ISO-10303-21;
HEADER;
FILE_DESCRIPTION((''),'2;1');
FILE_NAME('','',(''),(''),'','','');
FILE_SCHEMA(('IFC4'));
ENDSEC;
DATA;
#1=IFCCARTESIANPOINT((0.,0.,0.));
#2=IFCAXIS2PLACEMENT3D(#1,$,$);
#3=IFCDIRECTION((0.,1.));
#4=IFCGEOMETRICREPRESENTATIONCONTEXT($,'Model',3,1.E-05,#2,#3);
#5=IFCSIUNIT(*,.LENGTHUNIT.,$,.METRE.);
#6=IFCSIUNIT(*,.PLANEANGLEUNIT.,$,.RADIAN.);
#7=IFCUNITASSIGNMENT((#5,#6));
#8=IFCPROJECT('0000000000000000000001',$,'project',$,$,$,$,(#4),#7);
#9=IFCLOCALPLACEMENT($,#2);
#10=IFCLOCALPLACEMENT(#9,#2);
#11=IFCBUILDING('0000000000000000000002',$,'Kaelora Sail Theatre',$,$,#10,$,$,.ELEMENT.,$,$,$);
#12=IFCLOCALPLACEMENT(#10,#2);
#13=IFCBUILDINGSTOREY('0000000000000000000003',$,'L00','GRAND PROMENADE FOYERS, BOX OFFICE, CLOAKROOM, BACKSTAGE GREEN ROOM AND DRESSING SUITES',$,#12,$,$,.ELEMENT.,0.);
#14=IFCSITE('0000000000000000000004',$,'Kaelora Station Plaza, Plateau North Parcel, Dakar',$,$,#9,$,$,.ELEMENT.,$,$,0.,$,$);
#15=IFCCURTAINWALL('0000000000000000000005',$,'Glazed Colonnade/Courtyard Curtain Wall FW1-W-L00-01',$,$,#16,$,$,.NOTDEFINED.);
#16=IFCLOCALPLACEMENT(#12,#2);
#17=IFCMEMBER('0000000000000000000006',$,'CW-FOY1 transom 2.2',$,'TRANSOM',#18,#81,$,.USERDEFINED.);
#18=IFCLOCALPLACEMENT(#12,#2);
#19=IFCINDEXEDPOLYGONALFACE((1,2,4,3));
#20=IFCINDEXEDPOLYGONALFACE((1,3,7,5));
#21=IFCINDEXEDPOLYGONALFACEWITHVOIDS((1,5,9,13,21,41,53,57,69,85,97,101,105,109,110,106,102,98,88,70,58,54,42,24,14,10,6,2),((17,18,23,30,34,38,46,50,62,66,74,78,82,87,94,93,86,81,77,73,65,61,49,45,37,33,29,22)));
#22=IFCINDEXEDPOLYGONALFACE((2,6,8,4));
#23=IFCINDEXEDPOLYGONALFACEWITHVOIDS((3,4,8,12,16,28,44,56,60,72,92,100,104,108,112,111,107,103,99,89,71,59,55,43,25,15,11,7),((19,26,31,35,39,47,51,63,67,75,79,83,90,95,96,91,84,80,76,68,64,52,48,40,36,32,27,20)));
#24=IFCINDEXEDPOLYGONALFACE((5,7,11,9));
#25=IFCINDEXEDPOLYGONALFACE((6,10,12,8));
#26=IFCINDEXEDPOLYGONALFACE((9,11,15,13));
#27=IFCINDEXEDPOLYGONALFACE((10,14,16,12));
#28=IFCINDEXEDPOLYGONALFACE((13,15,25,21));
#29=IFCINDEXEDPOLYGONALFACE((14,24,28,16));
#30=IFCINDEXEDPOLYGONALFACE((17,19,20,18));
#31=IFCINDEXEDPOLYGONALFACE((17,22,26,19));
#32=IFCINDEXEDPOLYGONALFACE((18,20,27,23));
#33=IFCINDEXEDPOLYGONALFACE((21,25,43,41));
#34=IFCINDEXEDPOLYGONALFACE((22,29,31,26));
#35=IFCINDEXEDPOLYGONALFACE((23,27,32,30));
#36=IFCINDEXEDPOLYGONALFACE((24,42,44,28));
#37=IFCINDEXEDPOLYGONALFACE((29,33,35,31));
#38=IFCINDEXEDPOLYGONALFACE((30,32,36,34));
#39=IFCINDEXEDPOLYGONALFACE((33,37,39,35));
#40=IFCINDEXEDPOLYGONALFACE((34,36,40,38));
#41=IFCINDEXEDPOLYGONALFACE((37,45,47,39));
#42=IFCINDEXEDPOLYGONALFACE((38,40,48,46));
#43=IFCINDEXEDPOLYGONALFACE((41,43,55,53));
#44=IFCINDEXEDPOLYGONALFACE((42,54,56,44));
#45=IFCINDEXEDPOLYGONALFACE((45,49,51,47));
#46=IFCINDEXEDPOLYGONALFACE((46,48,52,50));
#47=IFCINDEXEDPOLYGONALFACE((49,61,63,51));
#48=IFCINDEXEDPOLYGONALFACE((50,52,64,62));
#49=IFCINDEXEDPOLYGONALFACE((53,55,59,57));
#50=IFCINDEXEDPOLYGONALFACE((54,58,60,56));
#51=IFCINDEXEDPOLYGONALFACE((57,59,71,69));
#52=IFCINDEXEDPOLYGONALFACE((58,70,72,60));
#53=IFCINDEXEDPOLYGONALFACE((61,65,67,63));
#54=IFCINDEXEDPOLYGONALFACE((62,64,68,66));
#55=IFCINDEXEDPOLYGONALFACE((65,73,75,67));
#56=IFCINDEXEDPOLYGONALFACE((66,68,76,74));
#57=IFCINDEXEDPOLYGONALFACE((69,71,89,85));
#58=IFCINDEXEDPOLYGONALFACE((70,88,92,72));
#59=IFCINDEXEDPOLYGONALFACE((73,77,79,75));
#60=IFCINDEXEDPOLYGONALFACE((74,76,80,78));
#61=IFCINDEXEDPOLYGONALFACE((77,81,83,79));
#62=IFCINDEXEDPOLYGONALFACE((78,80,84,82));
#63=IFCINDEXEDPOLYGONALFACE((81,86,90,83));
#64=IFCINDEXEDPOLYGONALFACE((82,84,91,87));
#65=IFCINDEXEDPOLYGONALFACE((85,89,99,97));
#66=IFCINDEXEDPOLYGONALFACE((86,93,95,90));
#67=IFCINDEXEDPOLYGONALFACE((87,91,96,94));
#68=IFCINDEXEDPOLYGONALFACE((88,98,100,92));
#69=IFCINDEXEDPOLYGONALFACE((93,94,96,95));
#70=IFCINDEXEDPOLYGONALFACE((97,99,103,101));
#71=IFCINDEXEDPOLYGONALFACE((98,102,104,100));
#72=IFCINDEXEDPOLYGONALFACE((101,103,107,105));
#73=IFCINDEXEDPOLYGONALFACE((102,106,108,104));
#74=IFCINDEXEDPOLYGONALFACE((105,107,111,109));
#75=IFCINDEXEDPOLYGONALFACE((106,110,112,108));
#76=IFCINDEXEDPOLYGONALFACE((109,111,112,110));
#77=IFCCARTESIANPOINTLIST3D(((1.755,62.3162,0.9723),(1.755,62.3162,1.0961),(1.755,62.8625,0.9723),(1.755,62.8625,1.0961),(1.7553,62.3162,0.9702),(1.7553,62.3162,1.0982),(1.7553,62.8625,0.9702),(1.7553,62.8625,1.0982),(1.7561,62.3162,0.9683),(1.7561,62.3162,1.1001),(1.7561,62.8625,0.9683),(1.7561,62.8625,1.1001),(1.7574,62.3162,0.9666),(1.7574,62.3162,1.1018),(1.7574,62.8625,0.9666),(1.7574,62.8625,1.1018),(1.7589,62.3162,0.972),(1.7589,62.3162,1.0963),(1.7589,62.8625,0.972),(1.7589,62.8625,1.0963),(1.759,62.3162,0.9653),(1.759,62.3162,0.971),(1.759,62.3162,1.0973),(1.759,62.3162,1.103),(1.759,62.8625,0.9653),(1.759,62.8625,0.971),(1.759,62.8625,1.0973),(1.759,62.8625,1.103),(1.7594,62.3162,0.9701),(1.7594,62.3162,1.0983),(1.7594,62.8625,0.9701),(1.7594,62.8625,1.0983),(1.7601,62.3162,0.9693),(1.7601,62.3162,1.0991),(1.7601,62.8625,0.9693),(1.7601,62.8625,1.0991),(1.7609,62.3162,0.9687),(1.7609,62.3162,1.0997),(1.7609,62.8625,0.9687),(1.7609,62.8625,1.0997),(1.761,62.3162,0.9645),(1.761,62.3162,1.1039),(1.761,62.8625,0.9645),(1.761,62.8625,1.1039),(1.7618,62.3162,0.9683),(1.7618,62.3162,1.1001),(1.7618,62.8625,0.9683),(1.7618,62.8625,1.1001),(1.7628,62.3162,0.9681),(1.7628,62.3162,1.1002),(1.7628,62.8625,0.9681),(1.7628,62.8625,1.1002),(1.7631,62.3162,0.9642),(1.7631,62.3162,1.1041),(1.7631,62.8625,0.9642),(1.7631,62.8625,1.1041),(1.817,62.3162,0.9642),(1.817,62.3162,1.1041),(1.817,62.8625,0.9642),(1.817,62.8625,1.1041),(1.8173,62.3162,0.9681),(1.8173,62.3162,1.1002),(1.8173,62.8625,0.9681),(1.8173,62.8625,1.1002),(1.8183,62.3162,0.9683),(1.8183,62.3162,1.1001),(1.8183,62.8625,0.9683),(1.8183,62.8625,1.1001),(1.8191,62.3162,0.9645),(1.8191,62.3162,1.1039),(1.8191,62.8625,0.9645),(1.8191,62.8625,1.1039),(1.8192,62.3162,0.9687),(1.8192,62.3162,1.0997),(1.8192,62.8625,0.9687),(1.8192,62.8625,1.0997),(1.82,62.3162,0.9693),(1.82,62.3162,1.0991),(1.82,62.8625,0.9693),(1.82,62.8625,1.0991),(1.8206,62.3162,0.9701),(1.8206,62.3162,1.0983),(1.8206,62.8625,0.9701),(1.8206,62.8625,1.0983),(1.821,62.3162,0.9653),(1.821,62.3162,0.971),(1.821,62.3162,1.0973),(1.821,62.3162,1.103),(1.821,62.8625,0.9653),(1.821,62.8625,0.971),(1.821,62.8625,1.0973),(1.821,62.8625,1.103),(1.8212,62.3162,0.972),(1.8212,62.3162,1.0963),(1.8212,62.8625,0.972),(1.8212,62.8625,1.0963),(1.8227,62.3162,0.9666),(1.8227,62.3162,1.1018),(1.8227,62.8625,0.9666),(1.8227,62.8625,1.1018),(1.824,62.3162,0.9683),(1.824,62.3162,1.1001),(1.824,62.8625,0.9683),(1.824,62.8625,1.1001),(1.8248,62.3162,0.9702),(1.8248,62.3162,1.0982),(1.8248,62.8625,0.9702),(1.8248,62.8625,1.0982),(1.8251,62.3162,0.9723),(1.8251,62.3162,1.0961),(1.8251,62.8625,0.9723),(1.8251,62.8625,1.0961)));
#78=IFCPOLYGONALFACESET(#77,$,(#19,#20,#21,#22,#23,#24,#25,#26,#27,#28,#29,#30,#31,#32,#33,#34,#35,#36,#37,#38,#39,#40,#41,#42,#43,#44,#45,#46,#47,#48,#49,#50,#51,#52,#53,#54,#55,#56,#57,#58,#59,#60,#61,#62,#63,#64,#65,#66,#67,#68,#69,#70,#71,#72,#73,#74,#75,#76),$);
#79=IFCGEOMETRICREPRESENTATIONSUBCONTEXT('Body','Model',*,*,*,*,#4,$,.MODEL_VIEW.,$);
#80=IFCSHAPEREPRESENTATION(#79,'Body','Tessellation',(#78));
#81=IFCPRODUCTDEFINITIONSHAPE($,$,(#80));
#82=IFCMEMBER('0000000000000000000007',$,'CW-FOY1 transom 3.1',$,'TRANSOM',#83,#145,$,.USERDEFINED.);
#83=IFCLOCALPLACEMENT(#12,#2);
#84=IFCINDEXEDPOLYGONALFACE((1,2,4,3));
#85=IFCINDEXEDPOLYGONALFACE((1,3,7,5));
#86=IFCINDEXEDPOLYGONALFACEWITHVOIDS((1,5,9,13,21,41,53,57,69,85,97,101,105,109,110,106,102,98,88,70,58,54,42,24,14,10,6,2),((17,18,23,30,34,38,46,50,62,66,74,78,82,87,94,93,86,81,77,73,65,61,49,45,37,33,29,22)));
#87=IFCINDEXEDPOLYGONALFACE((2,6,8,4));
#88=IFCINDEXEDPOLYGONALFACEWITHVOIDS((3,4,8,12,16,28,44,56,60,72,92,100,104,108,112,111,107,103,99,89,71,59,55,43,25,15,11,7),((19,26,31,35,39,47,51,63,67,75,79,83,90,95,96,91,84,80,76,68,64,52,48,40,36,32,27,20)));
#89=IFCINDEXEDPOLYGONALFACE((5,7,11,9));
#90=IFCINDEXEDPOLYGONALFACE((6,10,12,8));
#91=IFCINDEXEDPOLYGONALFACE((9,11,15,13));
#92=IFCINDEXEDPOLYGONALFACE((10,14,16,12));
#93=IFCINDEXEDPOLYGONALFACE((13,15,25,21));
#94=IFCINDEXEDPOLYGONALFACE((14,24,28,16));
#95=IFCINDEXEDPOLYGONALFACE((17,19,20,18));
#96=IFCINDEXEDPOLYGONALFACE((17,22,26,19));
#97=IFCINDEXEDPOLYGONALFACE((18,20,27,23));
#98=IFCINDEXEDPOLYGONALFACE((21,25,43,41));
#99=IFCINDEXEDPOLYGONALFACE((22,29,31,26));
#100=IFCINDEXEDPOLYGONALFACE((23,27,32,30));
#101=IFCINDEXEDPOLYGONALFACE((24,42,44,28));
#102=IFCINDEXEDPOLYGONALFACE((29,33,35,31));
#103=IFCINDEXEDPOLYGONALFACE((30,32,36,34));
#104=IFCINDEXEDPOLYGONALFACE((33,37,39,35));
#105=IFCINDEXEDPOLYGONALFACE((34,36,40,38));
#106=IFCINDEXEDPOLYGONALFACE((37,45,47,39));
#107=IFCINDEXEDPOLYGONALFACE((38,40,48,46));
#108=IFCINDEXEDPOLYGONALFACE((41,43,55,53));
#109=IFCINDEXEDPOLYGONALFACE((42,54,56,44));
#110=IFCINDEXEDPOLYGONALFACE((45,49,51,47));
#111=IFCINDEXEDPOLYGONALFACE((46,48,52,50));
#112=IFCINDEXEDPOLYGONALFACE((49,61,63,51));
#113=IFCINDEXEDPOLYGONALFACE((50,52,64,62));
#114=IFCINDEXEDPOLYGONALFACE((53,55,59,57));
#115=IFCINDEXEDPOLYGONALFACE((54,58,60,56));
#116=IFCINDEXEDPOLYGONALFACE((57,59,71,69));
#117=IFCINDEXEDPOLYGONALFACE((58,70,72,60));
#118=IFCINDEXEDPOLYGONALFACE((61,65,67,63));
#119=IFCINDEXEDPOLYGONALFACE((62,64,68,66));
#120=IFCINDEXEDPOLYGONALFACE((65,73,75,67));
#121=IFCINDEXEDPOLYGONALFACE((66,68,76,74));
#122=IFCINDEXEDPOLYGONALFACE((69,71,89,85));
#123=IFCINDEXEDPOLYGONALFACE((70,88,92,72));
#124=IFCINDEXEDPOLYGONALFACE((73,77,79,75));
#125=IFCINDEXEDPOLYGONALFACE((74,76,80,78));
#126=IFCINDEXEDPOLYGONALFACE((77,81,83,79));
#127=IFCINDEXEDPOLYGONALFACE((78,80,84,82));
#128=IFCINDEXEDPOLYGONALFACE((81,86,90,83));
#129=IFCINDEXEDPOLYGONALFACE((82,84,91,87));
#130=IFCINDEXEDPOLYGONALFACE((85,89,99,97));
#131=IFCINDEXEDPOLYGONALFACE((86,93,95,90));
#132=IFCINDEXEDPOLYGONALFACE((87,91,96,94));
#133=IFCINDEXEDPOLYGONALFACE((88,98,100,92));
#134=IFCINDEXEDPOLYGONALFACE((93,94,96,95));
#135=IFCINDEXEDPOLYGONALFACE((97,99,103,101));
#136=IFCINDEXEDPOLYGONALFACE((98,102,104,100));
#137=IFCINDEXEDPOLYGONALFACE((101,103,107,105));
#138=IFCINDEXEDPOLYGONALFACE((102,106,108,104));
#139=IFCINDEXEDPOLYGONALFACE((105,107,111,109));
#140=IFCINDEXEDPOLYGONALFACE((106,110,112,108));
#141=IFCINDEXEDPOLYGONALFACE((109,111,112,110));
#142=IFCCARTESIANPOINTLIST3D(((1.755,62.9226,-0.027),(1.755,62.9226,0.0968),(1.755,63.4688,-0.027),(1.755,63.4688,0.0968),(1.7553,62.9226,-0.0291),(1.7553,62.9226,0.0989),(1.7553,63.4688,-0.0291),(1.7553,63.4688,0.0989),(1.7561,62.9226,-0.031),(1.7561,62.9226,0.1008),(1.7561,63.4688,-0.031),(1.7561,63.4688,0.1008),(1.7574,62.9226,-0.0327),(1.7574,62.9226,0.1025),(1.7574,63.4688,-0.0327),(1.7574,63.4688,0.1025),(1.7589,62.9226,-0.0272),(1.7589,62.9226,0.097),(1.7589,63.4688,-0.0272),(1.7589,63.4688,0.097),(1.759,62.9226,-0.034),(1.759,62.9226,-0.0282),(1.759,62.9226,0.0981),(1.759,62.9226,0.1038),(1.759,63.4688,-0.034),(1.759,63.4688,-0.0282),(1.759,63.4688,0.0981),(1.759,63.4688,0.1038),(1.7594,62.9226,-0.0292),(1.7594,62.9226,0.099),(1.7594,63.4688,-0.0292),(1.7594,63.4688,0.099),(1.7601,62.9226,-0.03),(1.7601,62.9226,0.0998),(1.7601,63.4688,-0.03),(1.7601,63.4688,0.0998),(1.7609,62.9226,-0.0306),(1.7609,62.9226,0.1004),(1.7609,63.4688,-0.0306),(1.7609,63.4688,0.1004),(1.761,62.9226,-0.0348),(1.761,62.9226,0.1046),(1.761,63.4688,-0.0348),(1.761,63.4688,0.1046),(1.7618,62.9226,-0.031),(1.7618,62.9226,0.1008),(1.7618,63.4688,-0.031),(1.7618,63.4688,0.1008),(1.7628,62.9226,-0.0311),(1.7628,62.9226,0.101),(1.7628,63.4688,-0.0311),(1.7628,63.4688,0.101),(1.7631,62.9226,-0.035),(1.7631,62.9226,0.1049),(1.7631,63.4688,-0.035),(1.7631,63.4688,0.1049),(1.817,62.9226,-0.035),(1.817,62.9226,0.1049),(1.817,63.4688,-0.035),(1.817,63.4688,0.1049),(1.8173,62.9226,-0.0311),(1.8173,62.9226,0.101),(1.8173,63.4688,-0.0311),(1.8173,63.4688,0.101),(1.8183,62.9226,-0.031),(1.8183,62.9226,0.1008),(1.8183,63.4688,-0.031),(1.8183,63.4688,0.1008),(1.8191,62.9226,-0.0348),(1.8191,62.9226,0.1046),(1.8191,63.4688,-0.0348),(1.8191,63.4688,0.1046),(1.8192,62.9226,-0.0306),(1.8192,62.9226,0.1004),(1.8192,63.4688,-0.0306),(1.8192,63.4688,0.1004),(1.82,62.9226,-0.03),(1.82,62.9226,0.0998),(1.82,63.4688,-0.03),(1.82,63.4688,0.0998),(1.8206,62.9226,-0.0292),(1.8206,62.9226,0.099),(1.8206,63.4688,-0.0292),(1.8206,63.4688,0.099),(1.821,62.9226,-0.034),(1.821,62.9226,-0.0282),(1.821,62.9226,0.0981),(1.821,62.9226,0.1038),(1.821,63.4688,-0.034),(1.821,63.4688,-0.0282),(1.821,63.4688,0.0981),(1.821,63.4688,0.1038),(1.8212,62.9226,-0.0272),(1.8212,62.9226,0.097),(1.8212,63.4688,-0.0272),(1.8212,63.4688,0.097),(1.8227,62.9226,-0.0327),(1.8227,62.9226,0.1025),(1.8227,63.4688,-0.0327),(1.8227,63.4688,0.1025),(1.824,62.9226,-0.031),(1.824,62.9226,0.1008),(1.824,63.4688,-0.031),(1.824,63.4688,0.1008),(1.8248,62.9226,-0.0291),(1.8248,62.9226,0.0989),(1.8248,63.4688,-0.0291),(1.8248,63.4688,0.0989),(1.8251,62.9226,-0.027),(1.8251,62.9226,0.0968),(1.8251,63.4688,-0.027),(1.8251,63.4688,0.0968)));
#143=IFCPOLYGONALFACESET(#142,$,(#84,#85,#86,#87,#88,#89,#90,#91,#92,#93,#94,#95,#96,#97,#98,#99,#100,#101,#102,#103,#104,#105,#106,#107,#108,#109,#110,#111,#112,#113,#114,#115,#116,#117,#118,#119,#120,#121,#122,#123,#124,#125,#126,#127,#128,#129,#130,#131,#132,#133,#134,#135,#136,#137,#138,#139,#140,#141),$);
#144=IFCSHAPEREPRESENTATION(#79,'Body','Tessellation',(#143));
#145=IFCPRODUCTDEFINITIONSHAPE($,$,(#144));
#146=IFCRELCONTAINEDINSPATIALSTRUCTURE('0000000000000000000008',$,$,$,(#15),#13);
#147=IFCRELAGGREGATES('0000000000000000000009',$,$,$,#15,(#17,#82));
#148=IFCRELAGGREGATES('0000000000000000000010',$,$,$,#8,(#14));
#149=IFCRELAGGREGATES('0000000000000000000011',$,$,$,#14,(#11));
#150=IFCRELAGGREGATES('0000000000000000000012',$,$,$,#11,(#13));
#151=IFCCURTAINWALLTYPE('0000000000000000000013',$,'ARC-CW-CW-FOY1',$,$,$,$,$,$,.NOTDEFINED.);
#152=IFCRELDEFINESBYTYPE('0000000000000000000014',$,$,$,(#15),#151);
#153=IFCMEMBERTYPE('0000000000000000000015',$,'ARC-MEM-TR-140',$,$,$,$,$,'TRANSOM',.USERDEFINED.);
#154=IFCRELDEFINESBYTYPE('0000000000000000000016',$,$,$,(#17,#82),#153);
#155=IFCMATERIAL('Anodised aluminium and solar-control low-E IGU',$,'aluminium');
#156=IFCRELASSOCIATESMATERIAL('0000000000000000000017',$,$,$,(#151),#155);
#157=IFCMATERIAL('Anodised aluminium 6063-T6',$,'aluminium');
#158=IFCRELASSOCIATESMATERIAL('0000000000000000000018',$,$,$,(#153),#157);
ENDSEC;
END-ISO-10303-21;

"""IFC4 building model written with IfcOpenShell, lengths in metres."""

from ifc_helpers import new_model, si_unit, direction, frame, origin, origin_2d, place, context, subcontext, project, spatial, hollow_rectangle, extrude, material, material_profile, profile_set, type_object, element, aggregate, save


model = new_model("IFC4")

# Units and contexts
model_context = context("Model", 3, precision=1e-05, world=origin(), true_north=direction((0.0, 1.0)))
body_context = subcontext(model_context, "Body", "Model", "MODEL_VIEW")
ifc_project = project(units=[si_unit("LENGTHUNIT", "METRE"), si_unit("PLANEANGLEUNIT", "RADIAN")], contexts=[model_context])

# Site, building, storey
site_placement = place(None, origin())
site = spatial("IfcSite", under=ifc_project, at=site_placement, Name="Kaelora Station Plaza, Plateau North Parcel, Dakar", CompositionType="ELEMENT", RefElevation=0.0)
building_placement = place(site_placement, origin())
building = spatial("IfcBuilding", under=site, at=building_placement, Name="Kaelora Sail Theatre", CompositionType="ELEMENT")
storey_placement = place(building_placement, origin())
storey = spatial("IfcBuildingStorey", under=building, at=storey_placement, Name="L00", Description="GRAND PROMENADE FOYERS, BOX OFFICE, CLOAKROOM, BACKSTAGE GREEN ROOM AND DRESSING SUITES", CompositionType="ELEMENT", Elevation=0.0)

# Shared definitions
ifc_material_1 = material(Name="Anodised aluminium and solar-control low-E IGU", Category="aluminium")
curtain_wall_type = type_object("IfcCurtainWallType", Name="ARC-CW-CW-FOY1", PredefinedType="NOTDEFINED", material=ifc_material_1)

# Curtain wall, members
curtain_wall_1_placement = place(storey_placement, origin())
curtain_wall_1 = element("IfcCurtainWall", 1, at=curtain_wall_1_placement, inside=storey, type_object=curtain_wall_type, Name="Glazed Colonnade/Courtyard Curtain Wall FW1-W-L00-01", PredefinedType="NOTDEFINED")
ifc_material_2 = material(Name="Anodised aluminium 6063-T6", Category="aluminium")
ifc_material_profile_1 = material_profile(ifc_material_2, hollow_rectangle(XDim=0.0701, YDim=0.1399, WallThickness=0.0039, InnerFilletRadius=0.0039, OuterFilletRadius=0.0081, at=origin_2d()), Name="ALU-TRAN 70x140x4")
ifc_profile_set_1 = profile_set([ifc_material_profile_1], Name="Anodised aluminium 6063-T6")
member_type_1 = type_object("IfcMemberType", Name="ARC-MEM-TR-140", ElementType="TRANSOM", PredefinedType="USERDEFINED", material=ifc_profile_set_1)
member_1_placement = place(storey_placement, frame((1.79, 62.3162, 1.0342), z_axis=(0.0, 1.0, 0.0), x_axis=(-1.0, 0.0, 0.0)))
member_1 = element("IfcMember", 2, at=member_1_placement, type_object=member_type_1, Name="CW-FOY1 transom 2.2", ObjectType="TRANSOM", PredefinedType="USERDEFINED", context=body_context, shape_type="SweptSolid", body=[
    extrude(hollow_rectangle(XDim=0.0701, YDim=0.1399, WallThickness=0.0039, InnerFilletRadius=0.0039, OuterFilletRadius=0.0081, at=origin_2d()), origin(), (0.0, 0.0, 1.0), 0.5464),
])
member_2_placement = place(storey_placement, frame((1.79, 62.9226, 0.0349), z_axis=(0.0, 1.0, 0.0), x_axis=(-1.0, 0.0, 0.0)))
member_2 = element("IfcMember", 3, at=member_2_placement, type_object=member_type_1, Name="CW-FOY1 transom 3.1", ObjectType="TRANSOM", PredefinedType="USERDEFINED", context=body_context, shape_type="SweptSolid", body=[
    extrude(hollow_rectangle(XDim=0.0701, YDim=0.1399, WallThickness=0.0039, InnerFilletRadius=0.0039, OuterFilletRadius=0.0081, at=origin_2d()), origin(), (0.0, 0.0, 1.0), 0.5461),
])

aggregate(curtain_wall_1, [member_1, member_2])

save(model, "model.ifc")
